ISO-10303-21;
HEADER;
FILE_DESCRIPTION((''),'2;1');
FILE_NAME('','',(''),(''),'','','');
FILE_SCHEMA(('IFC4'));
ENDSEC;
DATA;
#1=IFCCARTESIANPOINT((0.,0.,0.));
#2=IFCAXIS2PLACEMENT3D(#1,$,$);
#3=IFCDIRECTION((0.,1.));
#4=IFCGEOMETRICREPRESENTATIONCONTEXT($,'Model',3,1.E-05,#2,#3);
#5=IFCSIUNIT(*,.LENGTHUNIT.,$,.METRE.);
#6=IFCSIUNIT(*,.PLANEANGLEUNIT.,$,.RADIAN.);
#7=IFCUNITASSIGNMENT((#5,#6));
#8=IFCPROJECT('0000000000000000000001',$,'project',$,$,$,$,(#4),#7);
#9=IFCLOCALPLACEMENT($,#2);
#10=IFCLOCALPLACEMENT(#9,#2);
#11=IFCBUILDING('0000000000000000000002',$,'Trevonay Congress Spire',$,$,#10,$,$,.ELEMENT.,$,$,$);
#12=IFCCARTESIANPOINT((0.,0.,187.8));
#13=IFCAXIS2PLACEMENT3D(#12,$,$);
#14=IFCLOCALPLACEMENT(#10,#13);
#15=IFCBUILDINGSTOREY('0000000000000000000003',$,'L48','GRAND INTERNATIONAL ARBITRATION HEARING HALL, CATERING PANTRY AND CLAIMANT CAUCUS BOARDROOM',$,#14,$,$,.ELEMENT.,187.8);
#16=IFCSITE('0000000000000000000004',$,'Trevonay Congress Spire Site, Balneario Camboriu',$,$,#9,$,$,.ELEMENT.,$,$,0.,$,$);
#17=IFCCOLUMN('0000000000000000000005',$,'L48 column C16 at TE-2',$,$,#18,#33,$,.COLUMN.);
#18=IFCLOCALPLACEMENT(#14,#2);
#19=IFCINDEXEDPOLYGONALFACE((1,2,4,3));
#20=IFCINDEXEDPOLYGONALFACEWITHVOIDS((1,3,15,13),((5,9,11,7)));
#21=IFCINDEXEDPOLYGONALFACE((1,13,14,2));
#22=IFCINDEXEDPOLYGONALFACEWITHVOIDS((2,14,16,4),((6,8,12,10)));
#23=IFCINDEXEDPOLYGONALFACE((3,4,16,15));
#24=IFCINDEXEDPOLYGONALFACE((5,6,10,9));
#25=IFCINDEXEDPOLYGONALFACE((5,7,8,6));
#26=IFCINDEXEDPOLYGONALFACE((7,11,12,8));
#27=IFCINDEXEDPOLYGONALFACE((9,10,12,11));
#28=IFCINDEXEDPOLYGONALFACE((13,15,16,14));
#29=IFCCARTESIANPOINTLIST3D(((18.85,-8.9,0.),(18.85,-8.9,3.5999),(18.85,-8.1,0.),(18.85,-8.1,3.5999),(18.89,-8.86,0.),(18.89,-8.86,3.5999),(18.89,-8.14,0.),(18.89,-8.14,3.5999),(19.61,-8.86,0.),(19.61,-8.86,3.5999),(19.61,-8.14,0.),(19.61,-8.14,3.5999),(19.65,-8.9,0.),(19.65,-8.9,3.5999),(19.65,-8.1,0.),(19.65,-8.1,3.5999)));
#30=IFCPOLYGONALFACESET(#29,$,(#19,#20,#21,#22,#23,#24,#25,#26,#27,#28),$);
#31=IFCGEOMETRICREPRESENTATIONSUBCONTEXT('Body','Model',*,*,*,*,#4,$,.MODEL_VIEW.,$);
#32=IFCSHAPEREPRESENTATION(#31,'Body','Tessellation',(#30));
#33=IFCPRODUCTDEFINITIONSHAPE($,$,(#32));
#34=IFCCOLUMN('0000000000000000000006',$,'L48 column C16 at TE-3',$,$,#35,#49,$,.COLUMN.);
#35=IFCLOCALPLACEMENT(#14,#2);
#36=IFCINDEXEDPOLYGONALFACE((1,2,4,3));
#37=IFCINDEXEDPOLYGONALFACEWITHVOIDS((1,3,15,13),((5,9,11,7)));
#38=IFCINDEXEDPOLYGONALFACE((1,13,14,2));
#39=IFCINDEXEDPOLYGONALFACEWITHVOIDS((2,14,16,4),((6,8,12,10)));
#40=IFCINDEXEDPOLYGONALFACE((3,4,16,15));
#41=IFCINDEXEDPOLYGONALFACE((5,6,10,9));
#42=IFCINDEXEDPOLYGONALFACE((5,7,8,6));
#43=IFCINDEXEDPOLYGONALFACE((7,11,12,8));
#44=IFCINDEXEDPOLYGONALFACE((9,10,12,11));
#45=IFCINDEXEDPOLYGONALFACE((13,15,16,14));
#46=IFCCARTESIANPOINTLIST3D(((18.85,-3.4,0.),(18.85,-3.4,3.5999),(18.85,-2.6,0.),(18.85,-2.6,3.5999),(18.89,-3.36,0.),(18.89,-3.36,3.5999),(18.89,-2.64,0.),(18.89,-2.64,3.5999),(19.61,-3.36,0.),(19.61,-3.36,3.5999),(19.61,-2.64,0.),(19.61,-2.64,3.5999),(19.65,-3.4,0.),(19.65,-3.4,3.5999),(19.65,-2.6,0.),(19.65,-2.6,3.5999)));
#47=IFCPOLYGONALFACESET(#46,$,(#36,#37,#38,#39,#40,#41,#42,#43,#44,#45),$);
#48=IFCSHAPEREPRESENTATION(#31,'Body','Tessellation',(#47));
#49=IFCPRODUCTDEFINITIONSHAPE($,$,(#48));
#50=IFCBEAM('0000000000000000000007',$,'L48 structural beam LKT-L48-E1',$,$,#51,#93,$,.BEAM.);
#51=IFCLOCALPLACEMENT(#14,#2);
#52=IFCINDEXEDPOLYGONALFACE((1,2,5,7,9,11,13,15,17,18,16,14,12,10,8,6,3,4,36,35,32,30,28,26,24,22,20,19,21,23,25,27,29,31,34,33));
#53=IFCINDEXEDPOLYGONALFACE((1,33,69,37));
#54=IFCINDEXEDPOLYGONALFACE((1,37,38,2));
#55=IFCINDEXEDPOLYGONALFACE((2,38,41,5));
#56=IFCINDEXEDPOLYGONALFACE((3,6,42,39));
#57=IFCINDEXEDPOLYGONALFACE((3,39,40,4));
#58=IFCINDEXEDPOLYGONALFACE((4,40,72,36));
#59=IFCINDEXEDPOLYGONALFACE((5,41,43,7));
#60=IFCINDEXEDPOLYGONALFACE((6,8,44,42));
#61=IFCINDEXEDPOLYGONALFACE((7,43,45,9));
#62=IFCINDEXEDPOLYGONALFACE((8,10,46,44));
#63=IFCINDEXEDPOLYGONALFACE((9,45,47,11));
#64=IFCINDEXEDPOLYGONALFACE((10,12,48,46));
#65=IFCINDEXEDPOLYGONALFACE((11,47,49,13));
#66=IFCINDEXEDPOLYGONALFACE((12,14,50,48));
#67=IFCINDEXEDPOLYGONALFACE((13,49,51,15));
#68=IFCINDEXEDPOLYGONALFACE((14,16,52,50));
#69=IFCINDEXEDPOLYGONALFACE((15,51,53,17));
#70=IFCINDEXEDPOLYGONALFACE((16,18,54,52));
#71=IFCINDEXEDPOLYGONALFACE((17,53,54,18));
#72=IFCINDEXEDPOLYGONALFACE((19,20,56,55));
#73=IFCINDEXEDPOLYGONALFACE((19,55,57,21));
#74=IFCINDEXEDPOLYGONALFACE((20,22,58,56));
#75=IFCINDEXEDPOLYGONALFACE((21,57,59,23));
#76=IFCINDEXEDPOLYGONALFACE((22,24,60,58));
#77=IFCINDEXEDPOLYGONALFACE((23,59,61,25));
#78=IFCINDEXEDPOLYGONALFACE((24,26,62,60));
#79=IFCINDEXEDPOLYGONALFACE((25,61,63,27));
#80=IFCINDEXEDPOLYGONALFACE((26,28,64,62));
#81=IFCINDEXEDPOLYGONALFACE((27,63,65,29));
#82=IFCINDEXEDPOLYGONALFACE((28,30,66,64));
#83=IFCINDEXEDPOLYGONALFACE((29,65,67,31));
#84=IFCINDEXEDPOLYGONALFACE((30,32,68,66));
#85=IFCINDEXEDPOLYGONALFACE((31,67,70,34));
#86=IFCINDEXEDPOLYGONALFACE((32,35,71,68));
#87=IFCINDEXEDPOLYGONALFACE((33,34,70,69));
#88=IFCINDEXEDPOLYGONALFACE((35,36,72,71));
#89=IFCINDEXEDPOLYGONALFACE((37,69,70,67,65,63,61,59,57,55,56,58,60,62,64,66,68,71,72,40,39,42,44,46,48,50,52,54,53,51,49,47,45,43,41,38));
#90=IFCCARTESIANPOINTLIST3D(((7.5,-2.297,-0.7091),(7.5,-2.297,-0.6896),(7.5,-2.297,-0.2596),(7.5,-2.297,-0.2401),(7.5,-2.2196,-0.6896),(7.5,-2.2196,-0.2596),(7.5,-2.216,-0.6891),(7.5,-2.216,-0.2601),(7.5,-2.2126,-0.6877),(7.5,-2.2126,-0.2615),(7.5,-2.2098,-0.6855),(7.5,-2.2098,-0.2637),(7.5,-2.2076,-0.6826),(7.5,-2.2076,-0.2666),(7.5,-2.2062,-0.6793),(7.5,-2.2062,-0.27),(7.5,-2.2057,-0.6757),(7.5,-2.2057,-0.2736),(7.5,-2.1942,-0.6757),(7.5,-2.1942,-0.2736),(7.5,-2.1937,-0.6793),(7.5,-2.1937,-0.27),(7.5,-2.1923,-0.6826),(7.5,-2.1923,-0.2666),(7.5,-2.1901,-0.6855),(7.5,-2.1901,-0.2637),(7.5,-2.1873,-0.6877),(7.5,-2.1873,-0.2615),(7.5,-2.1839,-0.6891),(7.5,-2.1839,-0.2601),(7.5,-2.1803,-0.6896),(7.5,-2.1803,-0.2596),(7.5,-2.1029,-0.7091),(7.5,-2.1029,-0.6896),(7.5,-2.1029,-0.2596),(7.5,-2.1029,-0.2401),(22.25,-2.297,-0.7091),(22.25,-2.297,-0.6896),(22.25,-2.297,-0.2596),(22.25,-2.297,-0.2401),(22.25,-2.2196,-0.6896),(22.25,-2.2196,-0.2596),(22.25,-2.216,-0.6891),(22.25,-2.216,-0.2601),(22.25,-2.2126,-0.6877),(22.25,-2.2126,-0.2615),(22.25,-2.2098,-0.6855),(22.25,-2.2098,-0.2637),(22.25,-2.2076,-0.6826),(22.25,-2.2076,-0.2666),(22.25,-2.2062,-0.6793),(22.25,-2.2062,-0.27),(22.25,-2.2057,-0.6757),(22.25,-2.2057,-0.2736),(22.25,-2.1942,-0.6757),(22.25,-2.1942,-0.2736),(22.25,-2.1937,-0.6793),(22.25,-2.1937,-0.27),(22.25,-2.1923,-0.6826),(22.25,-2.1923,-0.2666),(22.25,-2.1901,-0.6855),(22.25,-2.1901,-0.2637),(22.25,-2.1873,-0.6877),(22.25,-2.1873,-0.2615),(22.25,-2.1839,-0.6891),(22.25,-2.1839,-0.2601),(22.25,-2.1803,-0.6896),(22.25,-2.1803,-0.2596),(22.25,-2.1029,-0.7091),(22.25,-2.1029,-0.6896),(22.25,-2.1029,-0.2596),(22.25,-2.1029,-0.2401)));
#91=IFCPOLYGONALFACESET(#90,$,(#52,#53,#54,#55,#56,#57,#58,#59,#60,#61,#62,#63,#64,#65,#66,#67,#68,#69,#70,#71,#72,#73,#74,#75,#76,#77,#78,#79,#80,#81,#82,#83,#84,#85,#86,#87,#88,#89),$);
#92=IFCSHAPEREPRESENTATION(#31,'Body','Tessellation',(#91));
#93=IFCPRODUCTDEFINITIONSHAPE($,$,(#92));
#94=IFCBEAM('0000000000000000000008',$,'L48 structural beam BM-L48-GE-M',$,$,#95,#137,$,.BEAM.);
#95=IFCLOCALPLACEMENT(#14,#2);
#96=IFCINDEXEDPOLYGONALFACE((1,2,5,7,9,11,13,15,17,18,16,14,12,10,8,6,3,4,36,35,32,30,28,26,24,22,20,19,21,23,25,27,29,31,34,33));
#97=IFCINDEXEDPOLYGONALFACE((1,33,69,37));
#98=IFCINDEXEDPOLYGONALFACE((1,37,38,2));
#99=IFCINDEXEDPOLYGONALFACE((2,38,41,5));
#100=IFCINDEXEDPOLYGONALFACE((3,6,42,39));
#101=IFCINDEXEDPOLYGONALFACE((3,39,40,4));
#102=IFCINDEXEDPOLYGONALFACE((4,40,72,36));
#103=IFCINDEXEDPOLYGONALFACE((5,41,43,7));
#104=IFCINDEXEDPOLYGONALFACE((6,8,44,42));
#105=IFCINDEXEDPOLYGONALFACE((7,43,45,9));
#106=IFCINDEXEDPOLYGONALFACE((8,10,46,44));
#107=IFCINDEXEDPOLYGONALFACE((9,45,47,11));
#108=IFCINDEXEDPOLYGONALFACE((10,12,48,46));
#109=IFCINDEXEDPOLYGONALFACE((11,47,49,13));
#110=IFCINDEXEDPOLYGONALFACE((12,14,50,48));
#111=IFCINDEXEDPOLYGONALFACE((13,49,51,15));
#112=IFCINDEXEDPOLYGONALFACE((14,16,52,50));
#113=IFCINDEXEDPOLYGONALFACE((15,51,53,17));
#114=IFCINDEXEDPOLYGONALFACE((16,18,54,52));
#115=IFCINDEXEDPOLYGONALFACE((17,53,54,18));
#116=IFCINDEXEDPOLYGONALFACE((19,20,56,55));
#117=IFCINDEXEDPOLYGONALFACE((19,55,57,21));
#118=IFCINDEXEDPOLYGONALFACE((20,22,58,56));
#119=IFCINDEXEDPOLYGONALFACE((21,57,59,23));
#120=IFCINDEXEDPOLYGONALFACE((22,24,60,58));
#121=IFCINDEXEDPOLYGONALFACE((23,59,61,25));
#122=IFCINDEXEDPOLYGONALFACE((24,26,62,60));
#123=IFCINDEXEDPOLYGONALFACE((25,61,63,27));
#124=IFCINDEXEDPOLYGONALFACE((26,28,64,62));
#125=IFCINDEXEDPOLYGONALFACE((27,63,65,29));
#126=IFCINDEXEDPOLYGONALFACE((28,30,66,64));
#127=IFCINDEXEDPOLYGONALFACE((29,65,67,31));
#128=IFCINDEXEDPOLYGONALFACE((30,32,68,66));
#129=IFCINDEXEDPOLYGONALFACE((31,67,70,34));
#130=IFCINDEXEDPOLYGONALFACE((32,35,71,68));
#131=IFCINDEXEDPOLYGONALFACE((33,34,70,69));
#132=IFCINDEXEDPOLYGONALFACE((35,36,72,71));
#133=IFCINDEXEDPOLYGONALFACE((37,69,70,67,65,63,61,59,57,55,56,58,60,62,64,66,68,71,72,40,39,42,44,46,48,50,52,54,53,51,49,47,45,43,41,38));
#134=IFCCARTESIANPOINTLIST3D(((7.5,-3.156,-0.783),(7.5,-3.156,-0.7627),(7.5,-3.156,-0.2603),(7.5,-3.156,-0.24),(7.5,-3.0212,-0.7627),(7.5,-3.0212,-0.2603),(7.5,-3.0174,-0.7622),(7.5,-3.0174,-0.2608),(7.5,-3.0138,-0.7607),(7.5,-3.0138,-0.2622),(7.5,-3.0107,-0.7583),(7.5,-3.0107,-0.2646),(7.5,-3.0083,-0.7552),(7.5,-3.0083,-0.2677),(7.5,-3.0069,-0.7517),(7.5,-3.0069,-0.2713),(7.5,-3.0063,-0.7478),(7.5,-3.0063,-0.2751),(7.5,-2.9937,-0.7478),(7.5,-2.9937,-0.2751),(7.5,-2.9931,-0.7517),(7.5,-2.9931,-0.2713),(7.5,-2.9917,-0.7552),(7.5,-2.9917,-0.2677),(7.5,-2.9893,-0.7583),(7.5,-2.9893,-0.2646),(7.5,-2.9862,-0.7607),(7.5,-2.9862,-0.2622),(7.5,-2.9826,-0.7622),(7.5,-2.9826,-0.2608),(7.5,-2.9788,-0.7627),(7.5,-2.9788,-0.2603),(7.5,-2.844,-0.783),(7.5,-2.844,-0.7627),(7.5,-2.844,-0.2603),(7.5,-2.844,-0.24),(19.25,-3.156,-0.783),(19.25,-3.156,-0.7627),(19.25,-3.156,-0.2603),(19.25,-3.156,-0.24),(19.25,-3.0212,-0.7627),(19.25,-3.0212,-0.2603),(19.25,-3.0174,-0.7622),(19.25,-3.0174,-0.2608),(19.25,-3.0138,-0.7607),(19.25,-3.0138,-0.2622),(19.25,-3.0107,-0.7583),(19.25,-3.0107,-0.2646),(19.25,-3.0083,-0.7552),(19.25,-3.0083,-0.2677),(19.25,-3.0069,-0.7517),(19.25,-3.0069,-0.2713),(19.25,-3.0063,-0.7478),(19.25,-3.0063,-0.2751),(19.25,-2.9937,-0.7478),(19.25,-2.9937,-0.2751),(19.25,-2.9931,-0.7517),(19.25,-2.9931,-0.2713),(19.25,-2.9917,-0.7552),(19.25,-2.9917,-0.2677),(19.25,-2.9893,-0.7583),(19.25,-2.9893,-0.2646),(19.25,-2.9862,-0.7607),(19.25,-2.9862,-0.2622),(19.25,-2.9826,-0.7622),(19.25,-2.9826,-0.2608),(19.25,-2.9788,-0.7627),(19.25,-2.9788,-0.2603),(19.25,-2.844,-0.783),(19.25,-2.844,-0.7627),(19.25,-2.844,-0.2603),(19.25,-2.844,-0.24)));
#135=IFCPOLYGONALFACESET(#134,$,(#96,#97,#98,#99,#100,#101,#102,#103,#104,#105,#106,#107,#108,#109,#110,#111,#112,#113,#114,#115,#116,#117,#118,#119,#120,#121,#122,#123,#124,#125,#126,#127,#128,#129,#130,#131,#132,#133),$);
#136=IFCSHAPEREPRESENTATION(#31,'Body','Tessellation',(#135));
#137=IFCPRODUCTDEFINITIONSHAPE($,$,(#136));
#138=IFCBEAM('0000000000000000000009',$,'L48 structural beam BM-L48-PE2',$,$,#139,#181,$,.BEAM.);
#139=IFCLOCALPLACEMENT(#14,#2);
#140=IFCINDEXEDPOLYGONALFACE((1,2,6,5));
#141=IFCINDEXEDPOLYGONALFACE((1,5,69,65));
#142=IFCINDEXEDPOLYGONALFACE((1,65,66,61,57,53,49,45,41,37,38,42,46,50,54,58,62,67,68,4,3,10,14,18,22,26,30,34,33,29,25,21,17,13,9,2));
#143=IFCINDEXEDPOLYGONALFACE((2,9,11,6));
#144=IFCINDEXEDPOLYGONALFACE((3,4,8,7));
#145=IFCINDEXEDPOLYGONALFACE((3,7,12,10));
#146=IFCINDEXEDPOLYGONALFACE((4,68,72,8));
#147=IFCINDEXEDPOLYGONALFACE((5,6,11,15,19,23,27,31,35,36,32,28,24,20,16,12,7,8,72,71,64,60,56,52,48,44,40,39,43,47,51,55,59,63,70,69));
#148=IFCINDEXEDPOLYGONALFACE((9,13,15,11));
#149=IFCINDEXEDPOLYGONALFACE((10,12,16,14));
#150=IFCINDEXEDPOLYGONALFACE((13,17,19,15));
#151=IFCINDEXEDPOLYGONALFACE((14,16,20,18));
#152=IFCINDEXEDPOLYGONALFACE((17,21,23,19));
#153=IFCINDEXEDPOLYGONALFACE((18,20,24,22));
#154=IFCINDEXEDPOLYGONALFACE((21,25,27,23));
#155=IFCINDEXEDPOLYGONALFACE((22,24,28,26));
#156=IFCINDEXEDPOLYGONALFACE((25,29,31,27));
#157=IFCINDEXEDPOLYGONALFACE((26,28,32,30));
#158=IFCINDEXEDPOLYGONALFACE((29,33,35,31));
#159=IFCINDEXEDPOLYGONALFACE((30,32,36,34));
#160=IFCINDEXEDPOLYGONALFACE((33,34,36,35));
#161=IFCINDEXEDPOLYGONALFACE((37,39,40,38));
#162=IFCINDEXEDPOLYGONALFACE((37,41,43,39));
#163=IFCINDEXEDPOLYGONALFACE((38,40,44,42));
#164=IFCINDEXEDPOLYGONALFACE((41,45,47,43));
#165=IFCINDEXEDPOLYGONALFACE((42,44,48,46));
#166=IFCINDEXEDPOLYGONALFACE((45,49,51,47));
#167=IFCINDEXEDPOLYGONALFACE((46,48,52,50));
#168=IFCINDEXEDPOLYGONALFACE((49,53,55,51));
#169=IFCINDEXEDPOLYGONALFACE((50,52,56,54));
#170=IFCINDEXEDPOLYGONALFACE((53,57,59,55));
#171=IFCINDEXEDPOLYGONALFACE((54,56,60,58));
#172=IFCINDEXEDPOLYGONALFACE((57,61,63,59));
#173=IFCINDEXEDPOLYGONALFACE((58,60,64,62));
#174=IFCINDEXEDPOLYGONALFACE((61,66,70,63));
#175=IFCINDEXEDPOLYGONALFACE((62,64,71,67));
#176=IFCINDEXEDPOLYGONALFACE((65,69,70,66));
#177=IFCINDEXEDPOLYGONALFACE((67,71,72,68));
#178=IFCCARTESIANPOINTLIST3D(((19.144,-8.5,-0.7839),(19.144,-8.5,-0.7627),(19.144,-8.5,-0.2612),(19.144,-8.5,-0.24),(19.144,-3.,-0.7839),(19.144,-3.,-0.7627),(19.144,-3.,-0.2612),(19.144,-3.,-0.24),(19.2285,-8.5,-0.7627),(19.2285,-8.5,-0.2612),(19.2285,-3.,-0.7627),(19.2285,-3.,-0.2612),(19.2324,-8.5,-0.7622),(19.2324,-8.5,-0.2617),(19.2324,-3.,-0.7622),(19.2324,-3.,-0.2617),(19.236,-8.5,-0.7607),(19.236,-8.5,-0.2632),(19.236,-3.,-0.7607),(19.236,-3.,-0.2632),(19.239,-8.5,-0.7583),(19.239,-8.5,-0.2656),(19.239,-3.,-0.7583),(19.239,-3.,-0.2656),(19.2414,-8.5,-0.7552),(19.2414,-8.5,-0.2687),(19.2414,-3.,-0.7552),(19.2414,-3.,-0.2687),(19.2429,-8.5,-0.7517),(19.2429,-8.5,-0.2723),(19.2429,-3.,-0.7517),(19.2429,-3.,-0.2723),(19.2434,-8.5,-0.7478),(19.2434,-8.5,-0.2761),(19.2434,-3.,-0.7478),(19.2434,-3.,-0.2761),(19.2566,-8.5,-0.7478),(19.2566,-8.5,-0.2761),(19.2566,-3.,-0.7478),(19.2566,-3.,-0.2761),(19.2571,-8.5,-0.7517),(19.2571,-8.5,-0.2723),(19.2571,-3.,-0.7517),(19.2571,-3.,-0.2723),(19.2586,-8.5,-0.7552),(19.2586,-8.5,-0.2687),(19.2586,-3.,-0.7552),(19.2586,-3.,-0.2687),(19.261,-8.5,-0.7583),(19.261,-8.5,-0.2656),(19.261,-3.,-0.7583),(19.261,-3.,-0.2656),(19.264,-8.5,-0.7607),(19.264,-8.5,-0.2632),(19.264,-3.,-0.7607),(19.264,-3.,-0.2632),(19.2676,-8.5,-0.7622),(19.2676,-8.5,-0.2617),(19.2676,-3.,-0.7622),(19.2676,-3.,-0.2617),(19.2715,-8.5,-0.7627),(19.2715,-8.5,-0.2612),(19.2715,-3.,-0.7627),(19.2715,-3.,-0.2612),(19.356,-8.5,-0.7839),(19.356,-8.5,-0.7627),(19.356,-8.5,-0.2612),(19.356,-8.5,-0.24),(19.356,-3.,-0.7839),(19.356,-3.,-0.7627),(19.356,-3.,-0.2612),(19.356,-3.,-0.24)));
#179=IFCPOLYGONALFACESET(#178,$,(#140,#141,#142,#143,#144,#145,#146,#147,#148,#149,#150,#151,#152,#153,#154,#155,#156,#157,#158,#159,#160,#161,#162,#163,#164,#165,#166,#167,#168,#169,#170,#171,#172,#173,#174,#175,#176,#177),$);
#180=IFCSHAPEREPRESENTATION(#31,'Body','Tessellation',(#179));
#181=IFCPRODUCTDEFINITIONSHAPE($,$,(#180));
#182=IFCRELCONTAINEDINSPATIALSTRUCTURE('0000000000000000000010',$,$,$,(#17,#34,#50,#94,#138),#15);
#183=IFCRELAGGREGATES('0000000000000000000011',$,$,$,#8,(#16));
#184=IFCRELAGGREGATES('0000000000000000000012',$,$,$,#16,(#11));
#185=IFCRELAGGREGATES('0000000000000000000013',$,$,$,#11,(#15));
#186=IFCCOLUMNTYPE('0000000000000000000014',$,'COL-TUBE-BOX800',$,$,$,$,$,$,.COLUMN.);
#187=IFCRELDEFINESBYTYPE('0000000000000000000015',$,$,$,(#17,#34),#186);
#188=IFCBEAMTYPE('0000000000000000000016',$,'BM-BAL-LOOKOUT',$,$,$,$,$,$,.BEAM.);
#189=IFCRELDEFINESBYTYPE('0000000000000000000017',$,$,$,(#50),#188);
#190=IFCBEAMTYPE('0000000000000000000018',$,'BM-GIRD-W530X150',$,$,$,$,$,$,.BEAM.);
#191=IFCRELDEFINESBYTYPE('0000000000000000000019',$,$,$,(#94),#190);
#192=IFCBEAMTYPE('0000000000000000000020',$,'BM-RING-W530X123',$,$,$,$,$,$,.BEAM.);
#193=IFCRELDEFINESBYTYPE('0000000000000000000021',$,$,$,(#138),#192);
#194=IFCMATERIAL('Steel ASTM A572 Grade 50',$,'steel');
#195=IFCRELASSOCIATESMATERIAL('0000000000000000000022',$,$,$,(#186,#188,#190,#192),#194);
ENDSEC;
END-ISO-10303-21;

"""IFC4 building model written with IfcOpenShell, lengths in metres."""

from ifc_helpers import new_model, si_unit, direction, frame, origin, origin_2d, place, context, subcontext, project, spatial, hollow_rectangle, i_section, extrude, material, material_profile, profile_set, type_object, element, save


model = new_model("IFC4")

# Units and contexts
model_context = context("Model", 3, precision=1e-05, world=origin(), true_north=direction((0.0, 1.0)))
body_context = subcontext(model_context, "Body", "Model", "MODEL_VIEW")
ifc_project = project(units=[si_unit("LENGTHUNIT", "METRE"), si_unit("PLANEANGLEUNIT", "RADIAN")], contexts=[model_context])

# Site, building, storey
site_placement = place(None, origin())
site = spatial("IfcSite", under=ifc_project, at=site_placement, Name="Trevonay Congress Spire Site, Balneario Camboriu", CompositionType="ELEMENT", RefElevation=0.0)
building_placement = place(site_placement, origin())
building = spatial("IfcBuilding", under=site, at=building_placement, Name="Trevonay Congress Spire", CompositionType="ELEMENT")
storey_placement = place(building_placement, frame((0.0, 0.0, 187.8)))
storey = spatial("IfcBuildingStorey", under=building, at=storey_placement, Name="L48", Description="GRAND INTERNATIONAL ARBITRATION HEARING HALL, CATERING PANTRY AND CLAIMANT CAUCUS BOARDROOM", CompositionType="ELEMENT", Elevation=187.8)

# Columns
ifc_material_1 = material(Name="Steel ASTM A572 Grade 50", Category="steel")
ifc_material_profile_1 = material_profile(ifc_material_1, hollow_rectangle(XDim=0.8, YDim=0.8, WallThickness=0.04, at=origin_2d()), Name="BOX 800x800x40")
ifc_profile_set_1 = profile_set([ifc_material_profile_1], Name="Steel ASTM A572 Grade 50")
column_type = type_object("IfcColumnType", Name="COL-TUBE-BOX800", PredefinedType="COLUMN", material=ifc_profile_set_1)
for number, where, z_axis, x_axis, name in (
    (1, (19.25, -8.5, 0.0), (0.0, 0.0, 1.0), (1.0, 0.0, 0.0), "L48 column C16 at TE-2"),
    (2, (19.25, -3.0, 0.0), (0.0, 0.0, 1.0), (1.0, 0.0, 0.0), "L48 column C16 at TE-3"),
):
    element("IfcColumn", number, at=place(storey_placement, frame(where, z_axis=z_axis, x_axis=x_axis)), inside=storey, type_object=column_type, Name=name, PredefinedType="COLUMN", context=body_context, shape_type="SweptSolid", body=[
        extrude(hollow_rectangle(XDim=0.8, YDim=0.8, WallThickness=0.04, at=origin_2d()), origin(), (0.0, 0.0, 1.0), 3.5999),
    ])

# Beams
ifc_material_profile_2 = material_profile(ifc_material_1, i_section(OverallWidth=0.1941, OverallDepth=0.469, WebThickness=0.0115, FlangeThickness=0.0195, FilletRadius=0.0139, at=origin_2d()), Name="W460x106")
ifc_profile_set_2 = profile_set([ifc_material_profile_2], Name="Steel ASTM A572 Grade 50")
beam_type_1 = type_object("IfcBeamType", Name="BM-BAL-LOOKOUT", PredefinedType="BEAM", material=ifc_profile_set_2)
beam_1_placement = place(storey_placement, frame((7.5, -2.2, -0.4746), z_axis=(1.0, 0.0, 0.0), x_axis=(0.0, 1.0, 0.0)))
element("IfcBeam", 3, at=beam_1_placement, inside=storey, type_object=beam_type_1, Name="L48 structural beam LKT-L48-E1", PredefinedType="BEAM", context=body_context, shape_type="SweptSolid", body=[
    extrude(i_section(OverallWidth=0.1941, OverallDepth=0.469, WebThickness=0.0115, FlangeThickness=0.0195, FilletRadius=0.0139, at=origin_2d()), origin(), (0.0, 0.0, 1.0), 14.75),
])
ifc_material_profile_3 = material_profile(ifc_material_1, i_section(OverallWidth=0.312, OverallDepth=0.543, WebThickness=0.0127, FlangeThickness=0.0203, FilletRadius=0.0149, at=origin_2d()), Name="W530x150")
ifc_profile_set_3 = profile_set([ifc_material_profile_3], Name="Steel ASTM A572 Grade 50")
beam_type_2 = type_object("IfcBeamType", Name="BM-GIRD-W530X150", PredefinedType="BEAM", material=ifc_profile_set_3)
beam_2_placement = place(storey_placement, frame((7.5, -3.0, -0.5115), z_axis=(1.0, 0.0, 0.0), x_axis=(0.0, 1.0, 0.0)))
element("IfcBeam", 4, at=beam_2_placement, inside=storey, type_object=beam_type_2, Name="L48 structural beam BM-L48-GE-M", PredefinedType="BEAM", context=body_context, shape_type="SweptSolid", body=[
    extrude(i_section(OverallWidth=0.312, OverallDepth=0.543, WebThickness=0.0127, FlangeThickness=0.0203, FilletRadius=0.0149, at=origin_2d()), origin(), (0.0, 0.0, 1.0), 11.75),
])
ifc_material_profile_4 = material_profile(ifc_material_1, i_section(OverallWidth=0.2119, OverallDepth=0.5439, WebThickness=0.0132, FlangeThickness=0.0212, FilletRadius=0.0149, at=origin_2d()), Name="W530x123")
ifc_profile_set_4 = profile_set([ifc_material_profile_4], Name="Steel ASTM A572 Grade 50")
beam_type_3 = type_object("IfcBeamType", Name="BM-RING-W530X123", PredefinedType="BEAM", material=ifc_profile_set_4)
beam_3_placement = place(storey_placement, frame((19.25, -8.5, -0.512), z_axis=(0.0, 1.0, 0.0), x_axis=(-1.0, 0.0, 0.0)))
element("IfcBeam", 5, at=beam_3_placement, inside=storey, type_object=beam_type_3, Name="L48 structural beam BM-L48-PE2", PredefinedType="BEAM", context=body_context, shape_type="SweptSolid", body=[
    extrude(i_section(OverallWidth=0.2119, OverallDepth=0.5439, WebThickness=0.0132, FlangeThickness=0.0212, FilletRadius=0.0149, at=origin_2d()), origin(), (0.0, 0.0, 1.0), 5.5),
])

save(model, "model.ifc")
